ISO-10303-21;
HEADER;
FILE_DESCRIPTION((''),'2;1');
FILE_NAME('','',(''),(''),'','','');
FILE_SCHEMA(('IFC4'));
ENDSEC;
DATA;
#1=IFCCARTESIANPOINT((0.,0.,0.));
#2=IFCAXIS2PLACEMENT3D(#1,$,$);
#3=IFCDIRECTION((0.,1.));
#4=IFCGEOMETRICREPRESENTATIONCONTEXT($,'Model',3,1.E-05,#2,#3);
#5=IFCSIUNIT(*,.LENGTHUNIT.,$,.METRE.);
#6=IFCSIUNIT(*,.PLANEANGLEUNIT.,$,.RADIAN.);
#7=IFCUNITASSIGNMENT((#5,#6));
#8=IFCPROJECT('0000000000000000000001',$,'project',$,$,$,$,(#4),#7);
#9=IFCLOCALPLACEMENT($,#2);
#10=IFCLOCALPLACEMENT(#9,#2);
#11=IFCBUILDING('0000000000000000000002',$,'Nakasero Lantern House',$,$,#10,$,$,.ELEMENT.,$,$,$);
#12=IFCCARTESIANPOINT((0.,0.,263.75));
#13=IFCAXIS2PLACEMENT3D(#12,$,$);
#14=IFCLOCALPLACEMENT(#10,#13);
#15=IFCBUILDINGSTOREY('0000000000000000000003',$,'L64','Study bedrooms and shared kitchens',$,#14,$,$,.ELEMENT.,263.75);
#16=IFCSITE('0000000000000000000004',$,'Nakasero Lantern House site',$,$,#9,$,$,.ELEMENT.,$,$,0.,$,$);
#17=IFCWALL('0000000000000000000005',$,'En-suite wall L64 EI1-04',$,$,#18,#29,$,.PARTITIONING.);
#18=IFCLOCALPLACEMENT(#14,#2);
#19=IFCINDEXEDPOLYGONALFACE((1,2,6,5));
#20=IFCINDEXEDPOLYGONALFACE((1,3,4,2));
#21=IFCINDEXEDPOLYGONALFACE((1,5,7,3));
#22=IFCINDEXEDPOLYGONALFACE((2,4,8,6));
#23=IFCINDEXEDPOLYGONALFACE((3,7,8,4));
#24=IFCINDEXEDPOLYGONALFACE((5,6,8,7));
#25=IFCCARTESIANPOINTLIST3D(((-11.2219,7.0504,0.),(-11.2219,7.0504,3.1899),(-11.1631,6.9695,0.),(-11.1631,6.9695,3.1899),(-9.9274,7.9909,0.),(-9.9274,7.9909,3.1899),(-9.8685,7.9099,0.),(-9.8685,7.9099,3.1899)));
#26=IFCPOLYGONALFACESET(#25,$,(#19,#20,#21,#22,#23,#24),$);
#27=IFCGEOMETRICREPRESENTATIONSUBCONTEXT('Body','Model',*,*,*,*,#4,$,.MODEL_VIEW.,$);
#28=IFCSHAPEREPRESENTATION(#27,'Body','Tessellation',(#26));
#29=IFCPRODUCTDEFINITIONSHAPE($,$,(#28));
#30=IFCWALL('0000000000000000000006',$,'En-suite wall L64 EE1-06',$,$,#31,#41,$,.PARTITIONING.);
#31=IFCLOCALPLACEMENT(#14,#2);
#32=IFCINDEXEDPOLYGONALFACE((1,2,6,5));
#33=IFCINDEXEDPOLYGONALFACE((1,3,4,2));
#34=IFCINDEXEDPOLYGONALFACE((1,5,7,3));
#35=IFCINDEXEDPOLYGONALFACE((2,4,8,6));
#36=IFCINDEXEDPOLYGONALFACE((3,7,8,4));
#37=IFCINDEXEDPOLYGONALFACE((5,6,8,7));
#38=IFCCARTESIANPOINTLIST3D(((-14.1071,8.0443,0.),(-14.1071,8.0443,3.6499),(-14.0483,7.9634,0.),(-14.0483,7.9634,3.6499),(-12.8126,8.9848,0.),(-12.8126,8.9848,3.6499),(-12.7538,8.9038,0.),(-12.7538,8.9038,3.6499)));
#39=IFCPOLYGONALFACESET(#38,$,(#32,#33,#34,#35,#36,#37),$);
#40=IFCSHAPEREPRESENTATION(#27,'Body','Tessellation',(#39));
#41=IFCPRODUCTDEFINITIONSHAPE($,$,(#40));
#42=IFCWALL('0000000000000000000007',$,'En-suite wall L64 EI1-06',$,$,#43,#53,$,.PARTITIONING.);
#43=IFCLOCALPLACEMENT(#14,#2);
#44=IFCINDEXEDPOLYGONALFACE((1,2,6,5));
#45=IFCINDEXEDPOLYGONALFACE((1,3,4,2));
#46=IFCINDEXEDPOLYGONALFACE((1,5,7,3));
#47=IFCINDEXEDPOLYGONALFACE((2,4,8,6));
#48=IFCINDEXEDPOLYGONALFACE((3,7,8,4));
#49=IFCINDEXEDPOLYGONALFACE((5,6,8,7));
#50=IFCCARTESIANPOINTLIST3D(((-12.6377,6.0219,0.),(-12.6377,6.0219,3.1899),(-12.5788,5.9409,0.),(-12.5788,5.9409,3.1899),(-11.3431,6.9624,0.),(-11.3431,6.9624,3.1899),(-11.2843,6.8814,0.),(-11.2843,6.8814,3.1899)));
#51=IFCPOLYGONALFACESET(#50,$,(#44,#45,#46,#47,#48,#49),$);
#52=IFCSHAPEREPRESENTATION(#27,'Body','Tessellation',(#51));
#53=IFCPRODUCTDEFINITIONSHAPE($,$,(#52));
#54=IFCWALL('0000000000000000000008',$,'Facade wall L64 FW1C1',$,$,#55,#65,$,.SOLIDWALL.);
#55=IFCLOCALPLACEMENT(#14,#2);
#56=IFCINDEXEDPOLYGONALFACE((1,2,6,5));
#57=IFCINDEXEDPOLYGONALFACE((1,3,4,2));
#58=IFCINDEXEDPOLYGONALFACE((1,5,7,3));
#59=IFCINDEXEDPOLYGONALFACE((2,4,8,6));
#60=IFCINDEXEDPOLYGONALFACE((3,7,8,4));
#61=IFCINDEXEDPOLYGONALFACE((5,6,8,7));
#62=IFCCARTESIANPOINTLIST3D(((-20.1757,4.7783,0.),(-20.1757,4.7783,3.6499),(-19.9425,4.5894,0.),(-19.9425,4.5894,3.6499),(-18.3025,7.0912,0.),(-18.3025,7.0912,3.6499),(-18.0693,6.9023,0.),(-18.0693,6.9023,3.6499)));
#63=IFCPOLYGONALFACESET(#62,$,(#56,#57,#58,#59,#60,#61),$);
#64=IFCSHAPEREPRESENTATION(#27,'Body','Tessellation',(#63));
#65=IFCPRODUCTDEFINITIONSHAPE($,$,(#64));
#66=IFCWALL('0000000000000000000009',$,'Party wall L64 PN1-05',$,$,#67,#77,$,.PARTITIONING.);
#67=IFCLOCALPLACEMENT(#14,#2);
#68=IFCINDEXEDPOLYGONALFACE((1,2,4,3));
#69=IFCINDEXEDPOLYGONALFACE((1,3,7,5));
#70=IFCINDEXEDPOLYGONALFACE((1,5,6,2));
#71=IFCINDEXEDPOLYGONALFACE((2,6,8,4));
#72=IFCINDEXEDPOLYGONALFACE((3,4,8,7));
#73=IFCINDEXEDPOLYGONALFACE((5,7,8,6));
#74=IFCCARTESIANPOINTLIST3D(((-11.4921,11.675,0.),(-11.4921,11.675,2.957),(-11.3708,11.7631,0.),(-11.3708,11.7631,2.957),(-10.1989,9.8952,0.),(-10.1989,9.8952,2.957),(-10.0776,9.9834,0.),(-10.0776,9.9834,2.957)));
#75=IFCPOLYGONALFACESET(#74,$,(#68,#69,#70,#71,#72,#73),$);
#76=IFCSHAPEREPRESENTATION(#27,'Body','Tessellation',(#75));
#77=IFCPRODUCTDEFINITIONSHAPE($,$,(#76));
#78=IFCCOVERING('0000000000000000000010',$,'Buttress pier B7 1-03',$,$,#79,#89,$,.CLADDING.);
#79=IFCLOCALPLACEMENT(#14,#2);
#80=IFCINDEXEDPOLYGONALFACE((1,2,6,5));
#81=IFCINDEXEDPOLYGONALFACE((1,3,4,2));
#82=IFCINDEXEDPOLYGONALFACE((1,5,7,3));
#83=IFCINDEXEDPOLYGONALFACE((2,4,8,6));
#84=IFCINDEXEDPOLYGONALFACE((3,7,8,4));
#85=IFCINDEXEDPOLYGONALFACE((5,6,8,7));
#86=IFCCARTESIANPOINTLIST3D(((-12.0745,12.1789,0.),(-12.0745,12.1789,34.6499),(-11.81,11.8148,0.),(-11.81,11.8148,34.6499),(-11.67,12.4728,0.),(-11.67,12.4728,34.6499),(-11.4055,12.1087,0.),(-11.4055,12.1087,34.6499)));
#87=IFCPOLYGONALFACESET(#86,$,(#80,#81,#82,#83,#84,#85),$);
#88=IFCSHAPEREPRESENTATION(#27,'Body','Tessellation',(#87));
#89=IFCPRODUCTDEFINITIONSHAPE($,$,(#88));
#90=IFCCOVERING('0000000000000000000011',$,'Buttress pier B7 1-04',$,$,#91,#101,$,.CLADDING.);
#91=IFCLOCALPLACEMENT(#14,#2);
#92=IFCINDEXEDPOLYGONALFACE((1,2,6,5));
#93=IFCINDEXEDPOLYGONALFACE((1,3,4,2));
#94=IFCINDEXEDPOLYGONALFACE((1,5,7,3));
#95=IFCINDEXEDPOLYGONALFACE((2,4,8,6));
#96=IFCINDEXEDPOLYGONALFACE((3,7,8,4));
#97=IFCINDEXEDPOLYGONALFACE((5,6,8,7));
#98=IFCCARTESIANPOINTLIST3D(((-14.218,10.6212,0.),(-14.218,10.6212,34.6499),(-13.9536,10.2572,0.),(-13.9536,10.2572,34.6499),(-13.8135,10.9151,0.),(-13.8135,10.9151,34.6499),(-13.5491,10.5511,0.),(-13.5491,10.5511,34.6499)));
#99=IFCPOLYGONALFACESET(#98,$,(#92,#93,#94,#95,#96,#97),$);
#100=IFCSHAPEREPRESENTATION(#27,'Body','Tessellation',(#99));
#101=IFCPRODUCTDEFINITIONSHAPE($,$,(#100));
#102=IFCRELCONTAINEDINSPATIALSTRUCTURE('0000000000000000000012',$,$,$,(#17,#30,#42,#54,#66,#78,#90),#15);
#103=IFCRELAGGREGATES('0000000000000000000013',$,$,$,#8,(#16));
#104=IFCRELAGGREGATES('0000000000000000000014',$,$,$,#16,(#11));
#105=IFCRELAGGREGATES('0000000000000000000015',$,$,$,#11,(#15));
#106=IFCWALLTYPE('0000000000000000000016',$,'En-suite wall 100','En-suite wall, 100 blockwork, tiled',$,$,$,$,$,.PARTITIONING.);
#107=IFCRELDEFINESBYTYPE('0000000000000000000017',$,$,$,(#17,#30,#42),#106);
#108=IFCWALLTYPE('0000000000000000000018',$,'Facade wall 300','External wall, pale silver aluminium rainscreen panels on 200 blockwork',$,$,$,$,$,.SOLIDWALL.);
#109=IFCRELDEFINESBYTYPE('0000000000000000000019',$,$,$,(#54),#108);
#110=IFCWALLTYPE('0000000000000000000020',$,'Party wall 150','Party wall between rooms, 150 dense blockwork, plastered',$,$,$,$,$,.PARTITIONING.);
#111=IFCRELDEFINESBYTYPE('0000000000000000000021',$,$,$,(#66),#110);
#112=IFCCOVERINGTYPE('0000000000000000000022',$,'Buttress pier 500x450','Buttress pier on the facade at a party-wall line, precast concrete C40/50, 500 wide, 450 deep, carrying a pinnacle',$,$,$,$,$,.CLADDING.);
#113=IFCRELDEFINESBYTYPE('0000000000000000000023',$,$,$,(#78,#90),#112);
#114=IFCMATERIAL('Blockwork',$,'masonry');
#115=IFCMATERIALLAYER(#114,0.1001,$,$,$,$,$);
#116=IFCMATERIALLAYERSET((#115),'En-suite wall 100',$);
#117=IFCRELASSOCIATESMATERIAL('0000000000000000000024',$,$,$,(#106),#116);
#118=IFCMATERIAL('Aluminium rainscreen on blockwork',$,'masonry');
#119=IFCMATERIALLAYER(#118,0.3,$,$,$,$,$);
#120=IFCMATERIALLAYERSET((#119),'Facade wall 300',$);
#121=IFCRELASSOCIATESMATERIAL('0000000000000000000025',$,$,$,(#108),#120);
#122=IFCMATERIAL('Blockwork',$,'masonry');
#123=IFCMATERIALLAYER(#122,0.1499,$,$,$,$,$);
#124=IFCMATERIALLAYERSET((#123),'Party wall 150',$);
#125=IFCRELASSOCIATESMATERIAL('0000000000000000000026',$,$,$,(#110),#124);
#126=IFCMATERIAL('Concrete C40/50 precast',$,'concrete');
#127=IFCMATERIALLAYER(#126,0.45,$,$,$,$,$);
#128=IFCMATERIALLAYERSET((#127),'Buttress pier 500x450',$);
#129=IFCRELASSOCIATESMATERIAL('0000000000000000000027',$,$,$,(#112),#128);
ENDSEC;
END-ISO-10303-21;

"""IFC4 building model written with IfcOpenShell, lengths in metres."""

from ifc_helpers import new_model, si_unit, direction, frame, frame_2d, origin, origin_2d, place, context, subcontext, project, spatial, rectangle, extrude, material, layer, layer_set, type_object, element, save


model = new_model("IFC4")

# Units and contexts
model_context = context("Model", 3, precision=1e-05, world=origin(), true_north=direction((0.0, 1.0)))
body_context = subcontext(model_context, "Body", "Model", "MODEL_VIEW")
ifc_project = project(units=[si_unit("LENGTHUNIT", "METRE"), si_unit("PLANEANGLEUNIT", "RADIAN")], contexts=[model_context])

# Site, building, storey
site_placement = place(None, origin())
site = spatial("IfcSite", under=ifc_project, at=site_placement, Name="Nakasero Lantern House site", CompositionType="ELEMENT", RefElevation=0.0)
building_placement = place(site_placement, origin())
building = spatial("IfcBuilding", under=site, at=building_placement, Name="Nakasero Lantern House", CompositionType="ELEMENT")
storey_placement = place(building_placement, frame((0.0, 0.0, 263.75)))
storey = spatial("IfcBuildingStorey", under=building, at=storey_placement, Name="L64", Description="Study bedrooms and shared kitchens", CompositionType="ELEMENT", Elevation=263.75)

# Shared definitions
ifc_material_1 = material(Name="Blockwork", Category="masonry")
ifc_layer_1 = layer(ifc_material_1, 0.1001)
ifc_layer_set_1 = layer_set([ifc_layer_1], Name="En-suite wall 100")
wall_type_1 = type_object("IfcWallType", Name="En-suite wall 100", Description="En-suite wall, 100 blockwork, tiled", PredefinedType="PARTITIONING", material=ifc_layer_set_1)

# Walls
wall_1_placement = place(storey_placement, frame((-9.8979, 7.9504, 0.0), z_axis=(0.0, 0.0, 1.0), x_axis=(-0.809026, -0.587772, 0.0)))
element("IfcWall", 1, at=wall_1_placement, inside=storey, type_object=wall_type_1, Name="En-suite wall L64 EI1-04", PredefinedType="PARTITIONING", context=body_context, shape_type="SweptSolid", body=[
    extrude(rectangle(XDim=1.6001, YDim=0.1001, at=frame_2d((0.8, 0.0))), origin(), (0.0, 0.0, 1.0), 3.1899),
])
wall_2_placement = place(storey_placement, frame((-12.7832, 8.9443, 0.0), z_axis=(0.0, 0.0, 1.0), x_axis=(-0.809026, -0.587772, 0.0)))
element("IfcWall", 2, at=wall_2_placement, inside=storey, type_object=wall_type_1, Name="En-suite wall L64 EE1-06", PredefinedType="PARTITIONING", context=body_context, shape_type="SweptSolid", body=[
    extrude(rectangle(XDim=1.6001, YDim=0.1001, at=frame_2d((0.8, 0.0))), origin(), (0.0, 0.0, 1.0), 3.6499),
])
wall_3_placement = place(storey_placement, frame((-11.3137, 6.9219, 0.0), z_axis=(0.0, 0.0, 1.0), x_axis=(-0.809026, -0.587772, 0.0)))
element("IfcWall", 3, at=wall_3_placement, inside=storey, type_object=wall_type_1, Name="En-suite wall L64 EI1-06", PredefinedType="PARTITIONING", context=body_context, shape_type="SweptSolid", body=[
    extrude(rectangle(XDim=1.6001, YDim=0.1001, at=frame_2d((0.8, 0.0))), origin(), (0.0, 0.0, 1.0), 3.1899),
])
ifc_material_2 = material(Name="Aluminium rainscreen on blockwork", Category="masonry")
ifc_layer_2 = layer(ifc_material_2, 0.3)
ifc_layer_set_2 = layer_set([ifc_layer_2], Name="Facade wall 300")
wall_type_2 = type_object("IfcWallType", Name="Facade wall 300", Description="External wall, pale silver aluminium rainscreen panels on 200 blockwork", PredefinedType="SOLIDWALL", material=ifc_layer_set_2)
wall_4_placement = place(storey_placement, frame((-18.1858, 6.9968, 0.0), z_axis=(0.0, 0.0, 1.0), x_axis=(-0.629375, -0.777102, 0.0)))
element("IfcWall", 4, at=wall_4_placement, inside=storey, type_object=wall_type_2, Name="Facade wall L64 FW1C1", PredefinedType="SOLIDWALL", context=body_context, shape_type="SweptSolid", body=[
    extrude(rectangle(XDim=2.9763, YDim=0.3, at=frame_2d((1.4883, 0.0))), origin(), (0.0, 0.0, 1.0), 3.6499),
])
ifc_material_3 = material(Name="Blockwork", Category="masonry")
ifc_layer_3 = layer(ifc_material_3, 0.1499)
ifc_layer_set_3 = layer_set([ifc_layer_3], Name="Party wall 150")
wall_type_3 = type_object("IfcWallType", Name="Party wall 150", Description="Party wall between rooms, 150 dense blockwork, plastered", PredefinedType="PARTITIONING", material=ifc_layer_set_3)
wall_5_placement = place(storey_placement, frame((-10.1382, 9.9392, 0.0), z_axis=(0.0, 0.0, 1.0), x_axis=(-0.587822, 0.80899, 0.0)))
element("IfcWall", 5, at=wall_5_placement, inside=storey, type_object=wall_type_3, Name="Party wall L64 PN1-05", PredefinedType="PARTITIONING", context=body_context, shape_type="SweptSolid", body=[
    extrude(rectangle(XDim=2.2, YDim=0.1499, at=frame_2d((1.1001, 0.0))), origin(), (0.0, 0.0, 1.0), 2.957),
])

# Coverings
ifc_material_4 = material(Name="Concrete C40/50 precast", Category="concrete")
ifc_layer_4 = layer(ifc_material_4, 0.45)
ifc_layer_set_4 = layer_set([ifc_layer_4], Name="Buttress pier 500x450")
covering_type = type_object("IfcCoveringType", Name="Buttress pier 500x450", Description="Buttress pier on the facade at a party-wall line, precast concrete C40/50, 500 wide, 450 deep, carrying a pinnacle", PredefinedType="CLADDING", material=ifc_layer_set_4)
for number, where, z_axis, x_axis, name in (
    (6, (-11.74, 12.1438, 0.0), (0.0, 0.0, 1.0), (-0.587785, 0.809017, 0.0), "Buttress pier B7 1-03"),
    (7, (-13.8835, 10.5862, 0.0), (0.0, 0.0, 1.0), (-0.587785, 0.809017, 0.0), "Buttress pier B7 1-04"),
):
    element("IfcCovering", number, at=place(storey_placement, frame(where, z_axis=z_axis, x_axis=x_axis)), inside=storey, type_object=covering_type, Name=name, PredefinedType="CLADDING", context=body_context, shape_type="SweptSolid", body=[
        extrude(rectangle(XDim=0.45, YDim=0.5, at=origin_2d()), origin(), (0.0, 0.0, 1.0), 34.6499),
    ])

save(model, "model.ifc")
